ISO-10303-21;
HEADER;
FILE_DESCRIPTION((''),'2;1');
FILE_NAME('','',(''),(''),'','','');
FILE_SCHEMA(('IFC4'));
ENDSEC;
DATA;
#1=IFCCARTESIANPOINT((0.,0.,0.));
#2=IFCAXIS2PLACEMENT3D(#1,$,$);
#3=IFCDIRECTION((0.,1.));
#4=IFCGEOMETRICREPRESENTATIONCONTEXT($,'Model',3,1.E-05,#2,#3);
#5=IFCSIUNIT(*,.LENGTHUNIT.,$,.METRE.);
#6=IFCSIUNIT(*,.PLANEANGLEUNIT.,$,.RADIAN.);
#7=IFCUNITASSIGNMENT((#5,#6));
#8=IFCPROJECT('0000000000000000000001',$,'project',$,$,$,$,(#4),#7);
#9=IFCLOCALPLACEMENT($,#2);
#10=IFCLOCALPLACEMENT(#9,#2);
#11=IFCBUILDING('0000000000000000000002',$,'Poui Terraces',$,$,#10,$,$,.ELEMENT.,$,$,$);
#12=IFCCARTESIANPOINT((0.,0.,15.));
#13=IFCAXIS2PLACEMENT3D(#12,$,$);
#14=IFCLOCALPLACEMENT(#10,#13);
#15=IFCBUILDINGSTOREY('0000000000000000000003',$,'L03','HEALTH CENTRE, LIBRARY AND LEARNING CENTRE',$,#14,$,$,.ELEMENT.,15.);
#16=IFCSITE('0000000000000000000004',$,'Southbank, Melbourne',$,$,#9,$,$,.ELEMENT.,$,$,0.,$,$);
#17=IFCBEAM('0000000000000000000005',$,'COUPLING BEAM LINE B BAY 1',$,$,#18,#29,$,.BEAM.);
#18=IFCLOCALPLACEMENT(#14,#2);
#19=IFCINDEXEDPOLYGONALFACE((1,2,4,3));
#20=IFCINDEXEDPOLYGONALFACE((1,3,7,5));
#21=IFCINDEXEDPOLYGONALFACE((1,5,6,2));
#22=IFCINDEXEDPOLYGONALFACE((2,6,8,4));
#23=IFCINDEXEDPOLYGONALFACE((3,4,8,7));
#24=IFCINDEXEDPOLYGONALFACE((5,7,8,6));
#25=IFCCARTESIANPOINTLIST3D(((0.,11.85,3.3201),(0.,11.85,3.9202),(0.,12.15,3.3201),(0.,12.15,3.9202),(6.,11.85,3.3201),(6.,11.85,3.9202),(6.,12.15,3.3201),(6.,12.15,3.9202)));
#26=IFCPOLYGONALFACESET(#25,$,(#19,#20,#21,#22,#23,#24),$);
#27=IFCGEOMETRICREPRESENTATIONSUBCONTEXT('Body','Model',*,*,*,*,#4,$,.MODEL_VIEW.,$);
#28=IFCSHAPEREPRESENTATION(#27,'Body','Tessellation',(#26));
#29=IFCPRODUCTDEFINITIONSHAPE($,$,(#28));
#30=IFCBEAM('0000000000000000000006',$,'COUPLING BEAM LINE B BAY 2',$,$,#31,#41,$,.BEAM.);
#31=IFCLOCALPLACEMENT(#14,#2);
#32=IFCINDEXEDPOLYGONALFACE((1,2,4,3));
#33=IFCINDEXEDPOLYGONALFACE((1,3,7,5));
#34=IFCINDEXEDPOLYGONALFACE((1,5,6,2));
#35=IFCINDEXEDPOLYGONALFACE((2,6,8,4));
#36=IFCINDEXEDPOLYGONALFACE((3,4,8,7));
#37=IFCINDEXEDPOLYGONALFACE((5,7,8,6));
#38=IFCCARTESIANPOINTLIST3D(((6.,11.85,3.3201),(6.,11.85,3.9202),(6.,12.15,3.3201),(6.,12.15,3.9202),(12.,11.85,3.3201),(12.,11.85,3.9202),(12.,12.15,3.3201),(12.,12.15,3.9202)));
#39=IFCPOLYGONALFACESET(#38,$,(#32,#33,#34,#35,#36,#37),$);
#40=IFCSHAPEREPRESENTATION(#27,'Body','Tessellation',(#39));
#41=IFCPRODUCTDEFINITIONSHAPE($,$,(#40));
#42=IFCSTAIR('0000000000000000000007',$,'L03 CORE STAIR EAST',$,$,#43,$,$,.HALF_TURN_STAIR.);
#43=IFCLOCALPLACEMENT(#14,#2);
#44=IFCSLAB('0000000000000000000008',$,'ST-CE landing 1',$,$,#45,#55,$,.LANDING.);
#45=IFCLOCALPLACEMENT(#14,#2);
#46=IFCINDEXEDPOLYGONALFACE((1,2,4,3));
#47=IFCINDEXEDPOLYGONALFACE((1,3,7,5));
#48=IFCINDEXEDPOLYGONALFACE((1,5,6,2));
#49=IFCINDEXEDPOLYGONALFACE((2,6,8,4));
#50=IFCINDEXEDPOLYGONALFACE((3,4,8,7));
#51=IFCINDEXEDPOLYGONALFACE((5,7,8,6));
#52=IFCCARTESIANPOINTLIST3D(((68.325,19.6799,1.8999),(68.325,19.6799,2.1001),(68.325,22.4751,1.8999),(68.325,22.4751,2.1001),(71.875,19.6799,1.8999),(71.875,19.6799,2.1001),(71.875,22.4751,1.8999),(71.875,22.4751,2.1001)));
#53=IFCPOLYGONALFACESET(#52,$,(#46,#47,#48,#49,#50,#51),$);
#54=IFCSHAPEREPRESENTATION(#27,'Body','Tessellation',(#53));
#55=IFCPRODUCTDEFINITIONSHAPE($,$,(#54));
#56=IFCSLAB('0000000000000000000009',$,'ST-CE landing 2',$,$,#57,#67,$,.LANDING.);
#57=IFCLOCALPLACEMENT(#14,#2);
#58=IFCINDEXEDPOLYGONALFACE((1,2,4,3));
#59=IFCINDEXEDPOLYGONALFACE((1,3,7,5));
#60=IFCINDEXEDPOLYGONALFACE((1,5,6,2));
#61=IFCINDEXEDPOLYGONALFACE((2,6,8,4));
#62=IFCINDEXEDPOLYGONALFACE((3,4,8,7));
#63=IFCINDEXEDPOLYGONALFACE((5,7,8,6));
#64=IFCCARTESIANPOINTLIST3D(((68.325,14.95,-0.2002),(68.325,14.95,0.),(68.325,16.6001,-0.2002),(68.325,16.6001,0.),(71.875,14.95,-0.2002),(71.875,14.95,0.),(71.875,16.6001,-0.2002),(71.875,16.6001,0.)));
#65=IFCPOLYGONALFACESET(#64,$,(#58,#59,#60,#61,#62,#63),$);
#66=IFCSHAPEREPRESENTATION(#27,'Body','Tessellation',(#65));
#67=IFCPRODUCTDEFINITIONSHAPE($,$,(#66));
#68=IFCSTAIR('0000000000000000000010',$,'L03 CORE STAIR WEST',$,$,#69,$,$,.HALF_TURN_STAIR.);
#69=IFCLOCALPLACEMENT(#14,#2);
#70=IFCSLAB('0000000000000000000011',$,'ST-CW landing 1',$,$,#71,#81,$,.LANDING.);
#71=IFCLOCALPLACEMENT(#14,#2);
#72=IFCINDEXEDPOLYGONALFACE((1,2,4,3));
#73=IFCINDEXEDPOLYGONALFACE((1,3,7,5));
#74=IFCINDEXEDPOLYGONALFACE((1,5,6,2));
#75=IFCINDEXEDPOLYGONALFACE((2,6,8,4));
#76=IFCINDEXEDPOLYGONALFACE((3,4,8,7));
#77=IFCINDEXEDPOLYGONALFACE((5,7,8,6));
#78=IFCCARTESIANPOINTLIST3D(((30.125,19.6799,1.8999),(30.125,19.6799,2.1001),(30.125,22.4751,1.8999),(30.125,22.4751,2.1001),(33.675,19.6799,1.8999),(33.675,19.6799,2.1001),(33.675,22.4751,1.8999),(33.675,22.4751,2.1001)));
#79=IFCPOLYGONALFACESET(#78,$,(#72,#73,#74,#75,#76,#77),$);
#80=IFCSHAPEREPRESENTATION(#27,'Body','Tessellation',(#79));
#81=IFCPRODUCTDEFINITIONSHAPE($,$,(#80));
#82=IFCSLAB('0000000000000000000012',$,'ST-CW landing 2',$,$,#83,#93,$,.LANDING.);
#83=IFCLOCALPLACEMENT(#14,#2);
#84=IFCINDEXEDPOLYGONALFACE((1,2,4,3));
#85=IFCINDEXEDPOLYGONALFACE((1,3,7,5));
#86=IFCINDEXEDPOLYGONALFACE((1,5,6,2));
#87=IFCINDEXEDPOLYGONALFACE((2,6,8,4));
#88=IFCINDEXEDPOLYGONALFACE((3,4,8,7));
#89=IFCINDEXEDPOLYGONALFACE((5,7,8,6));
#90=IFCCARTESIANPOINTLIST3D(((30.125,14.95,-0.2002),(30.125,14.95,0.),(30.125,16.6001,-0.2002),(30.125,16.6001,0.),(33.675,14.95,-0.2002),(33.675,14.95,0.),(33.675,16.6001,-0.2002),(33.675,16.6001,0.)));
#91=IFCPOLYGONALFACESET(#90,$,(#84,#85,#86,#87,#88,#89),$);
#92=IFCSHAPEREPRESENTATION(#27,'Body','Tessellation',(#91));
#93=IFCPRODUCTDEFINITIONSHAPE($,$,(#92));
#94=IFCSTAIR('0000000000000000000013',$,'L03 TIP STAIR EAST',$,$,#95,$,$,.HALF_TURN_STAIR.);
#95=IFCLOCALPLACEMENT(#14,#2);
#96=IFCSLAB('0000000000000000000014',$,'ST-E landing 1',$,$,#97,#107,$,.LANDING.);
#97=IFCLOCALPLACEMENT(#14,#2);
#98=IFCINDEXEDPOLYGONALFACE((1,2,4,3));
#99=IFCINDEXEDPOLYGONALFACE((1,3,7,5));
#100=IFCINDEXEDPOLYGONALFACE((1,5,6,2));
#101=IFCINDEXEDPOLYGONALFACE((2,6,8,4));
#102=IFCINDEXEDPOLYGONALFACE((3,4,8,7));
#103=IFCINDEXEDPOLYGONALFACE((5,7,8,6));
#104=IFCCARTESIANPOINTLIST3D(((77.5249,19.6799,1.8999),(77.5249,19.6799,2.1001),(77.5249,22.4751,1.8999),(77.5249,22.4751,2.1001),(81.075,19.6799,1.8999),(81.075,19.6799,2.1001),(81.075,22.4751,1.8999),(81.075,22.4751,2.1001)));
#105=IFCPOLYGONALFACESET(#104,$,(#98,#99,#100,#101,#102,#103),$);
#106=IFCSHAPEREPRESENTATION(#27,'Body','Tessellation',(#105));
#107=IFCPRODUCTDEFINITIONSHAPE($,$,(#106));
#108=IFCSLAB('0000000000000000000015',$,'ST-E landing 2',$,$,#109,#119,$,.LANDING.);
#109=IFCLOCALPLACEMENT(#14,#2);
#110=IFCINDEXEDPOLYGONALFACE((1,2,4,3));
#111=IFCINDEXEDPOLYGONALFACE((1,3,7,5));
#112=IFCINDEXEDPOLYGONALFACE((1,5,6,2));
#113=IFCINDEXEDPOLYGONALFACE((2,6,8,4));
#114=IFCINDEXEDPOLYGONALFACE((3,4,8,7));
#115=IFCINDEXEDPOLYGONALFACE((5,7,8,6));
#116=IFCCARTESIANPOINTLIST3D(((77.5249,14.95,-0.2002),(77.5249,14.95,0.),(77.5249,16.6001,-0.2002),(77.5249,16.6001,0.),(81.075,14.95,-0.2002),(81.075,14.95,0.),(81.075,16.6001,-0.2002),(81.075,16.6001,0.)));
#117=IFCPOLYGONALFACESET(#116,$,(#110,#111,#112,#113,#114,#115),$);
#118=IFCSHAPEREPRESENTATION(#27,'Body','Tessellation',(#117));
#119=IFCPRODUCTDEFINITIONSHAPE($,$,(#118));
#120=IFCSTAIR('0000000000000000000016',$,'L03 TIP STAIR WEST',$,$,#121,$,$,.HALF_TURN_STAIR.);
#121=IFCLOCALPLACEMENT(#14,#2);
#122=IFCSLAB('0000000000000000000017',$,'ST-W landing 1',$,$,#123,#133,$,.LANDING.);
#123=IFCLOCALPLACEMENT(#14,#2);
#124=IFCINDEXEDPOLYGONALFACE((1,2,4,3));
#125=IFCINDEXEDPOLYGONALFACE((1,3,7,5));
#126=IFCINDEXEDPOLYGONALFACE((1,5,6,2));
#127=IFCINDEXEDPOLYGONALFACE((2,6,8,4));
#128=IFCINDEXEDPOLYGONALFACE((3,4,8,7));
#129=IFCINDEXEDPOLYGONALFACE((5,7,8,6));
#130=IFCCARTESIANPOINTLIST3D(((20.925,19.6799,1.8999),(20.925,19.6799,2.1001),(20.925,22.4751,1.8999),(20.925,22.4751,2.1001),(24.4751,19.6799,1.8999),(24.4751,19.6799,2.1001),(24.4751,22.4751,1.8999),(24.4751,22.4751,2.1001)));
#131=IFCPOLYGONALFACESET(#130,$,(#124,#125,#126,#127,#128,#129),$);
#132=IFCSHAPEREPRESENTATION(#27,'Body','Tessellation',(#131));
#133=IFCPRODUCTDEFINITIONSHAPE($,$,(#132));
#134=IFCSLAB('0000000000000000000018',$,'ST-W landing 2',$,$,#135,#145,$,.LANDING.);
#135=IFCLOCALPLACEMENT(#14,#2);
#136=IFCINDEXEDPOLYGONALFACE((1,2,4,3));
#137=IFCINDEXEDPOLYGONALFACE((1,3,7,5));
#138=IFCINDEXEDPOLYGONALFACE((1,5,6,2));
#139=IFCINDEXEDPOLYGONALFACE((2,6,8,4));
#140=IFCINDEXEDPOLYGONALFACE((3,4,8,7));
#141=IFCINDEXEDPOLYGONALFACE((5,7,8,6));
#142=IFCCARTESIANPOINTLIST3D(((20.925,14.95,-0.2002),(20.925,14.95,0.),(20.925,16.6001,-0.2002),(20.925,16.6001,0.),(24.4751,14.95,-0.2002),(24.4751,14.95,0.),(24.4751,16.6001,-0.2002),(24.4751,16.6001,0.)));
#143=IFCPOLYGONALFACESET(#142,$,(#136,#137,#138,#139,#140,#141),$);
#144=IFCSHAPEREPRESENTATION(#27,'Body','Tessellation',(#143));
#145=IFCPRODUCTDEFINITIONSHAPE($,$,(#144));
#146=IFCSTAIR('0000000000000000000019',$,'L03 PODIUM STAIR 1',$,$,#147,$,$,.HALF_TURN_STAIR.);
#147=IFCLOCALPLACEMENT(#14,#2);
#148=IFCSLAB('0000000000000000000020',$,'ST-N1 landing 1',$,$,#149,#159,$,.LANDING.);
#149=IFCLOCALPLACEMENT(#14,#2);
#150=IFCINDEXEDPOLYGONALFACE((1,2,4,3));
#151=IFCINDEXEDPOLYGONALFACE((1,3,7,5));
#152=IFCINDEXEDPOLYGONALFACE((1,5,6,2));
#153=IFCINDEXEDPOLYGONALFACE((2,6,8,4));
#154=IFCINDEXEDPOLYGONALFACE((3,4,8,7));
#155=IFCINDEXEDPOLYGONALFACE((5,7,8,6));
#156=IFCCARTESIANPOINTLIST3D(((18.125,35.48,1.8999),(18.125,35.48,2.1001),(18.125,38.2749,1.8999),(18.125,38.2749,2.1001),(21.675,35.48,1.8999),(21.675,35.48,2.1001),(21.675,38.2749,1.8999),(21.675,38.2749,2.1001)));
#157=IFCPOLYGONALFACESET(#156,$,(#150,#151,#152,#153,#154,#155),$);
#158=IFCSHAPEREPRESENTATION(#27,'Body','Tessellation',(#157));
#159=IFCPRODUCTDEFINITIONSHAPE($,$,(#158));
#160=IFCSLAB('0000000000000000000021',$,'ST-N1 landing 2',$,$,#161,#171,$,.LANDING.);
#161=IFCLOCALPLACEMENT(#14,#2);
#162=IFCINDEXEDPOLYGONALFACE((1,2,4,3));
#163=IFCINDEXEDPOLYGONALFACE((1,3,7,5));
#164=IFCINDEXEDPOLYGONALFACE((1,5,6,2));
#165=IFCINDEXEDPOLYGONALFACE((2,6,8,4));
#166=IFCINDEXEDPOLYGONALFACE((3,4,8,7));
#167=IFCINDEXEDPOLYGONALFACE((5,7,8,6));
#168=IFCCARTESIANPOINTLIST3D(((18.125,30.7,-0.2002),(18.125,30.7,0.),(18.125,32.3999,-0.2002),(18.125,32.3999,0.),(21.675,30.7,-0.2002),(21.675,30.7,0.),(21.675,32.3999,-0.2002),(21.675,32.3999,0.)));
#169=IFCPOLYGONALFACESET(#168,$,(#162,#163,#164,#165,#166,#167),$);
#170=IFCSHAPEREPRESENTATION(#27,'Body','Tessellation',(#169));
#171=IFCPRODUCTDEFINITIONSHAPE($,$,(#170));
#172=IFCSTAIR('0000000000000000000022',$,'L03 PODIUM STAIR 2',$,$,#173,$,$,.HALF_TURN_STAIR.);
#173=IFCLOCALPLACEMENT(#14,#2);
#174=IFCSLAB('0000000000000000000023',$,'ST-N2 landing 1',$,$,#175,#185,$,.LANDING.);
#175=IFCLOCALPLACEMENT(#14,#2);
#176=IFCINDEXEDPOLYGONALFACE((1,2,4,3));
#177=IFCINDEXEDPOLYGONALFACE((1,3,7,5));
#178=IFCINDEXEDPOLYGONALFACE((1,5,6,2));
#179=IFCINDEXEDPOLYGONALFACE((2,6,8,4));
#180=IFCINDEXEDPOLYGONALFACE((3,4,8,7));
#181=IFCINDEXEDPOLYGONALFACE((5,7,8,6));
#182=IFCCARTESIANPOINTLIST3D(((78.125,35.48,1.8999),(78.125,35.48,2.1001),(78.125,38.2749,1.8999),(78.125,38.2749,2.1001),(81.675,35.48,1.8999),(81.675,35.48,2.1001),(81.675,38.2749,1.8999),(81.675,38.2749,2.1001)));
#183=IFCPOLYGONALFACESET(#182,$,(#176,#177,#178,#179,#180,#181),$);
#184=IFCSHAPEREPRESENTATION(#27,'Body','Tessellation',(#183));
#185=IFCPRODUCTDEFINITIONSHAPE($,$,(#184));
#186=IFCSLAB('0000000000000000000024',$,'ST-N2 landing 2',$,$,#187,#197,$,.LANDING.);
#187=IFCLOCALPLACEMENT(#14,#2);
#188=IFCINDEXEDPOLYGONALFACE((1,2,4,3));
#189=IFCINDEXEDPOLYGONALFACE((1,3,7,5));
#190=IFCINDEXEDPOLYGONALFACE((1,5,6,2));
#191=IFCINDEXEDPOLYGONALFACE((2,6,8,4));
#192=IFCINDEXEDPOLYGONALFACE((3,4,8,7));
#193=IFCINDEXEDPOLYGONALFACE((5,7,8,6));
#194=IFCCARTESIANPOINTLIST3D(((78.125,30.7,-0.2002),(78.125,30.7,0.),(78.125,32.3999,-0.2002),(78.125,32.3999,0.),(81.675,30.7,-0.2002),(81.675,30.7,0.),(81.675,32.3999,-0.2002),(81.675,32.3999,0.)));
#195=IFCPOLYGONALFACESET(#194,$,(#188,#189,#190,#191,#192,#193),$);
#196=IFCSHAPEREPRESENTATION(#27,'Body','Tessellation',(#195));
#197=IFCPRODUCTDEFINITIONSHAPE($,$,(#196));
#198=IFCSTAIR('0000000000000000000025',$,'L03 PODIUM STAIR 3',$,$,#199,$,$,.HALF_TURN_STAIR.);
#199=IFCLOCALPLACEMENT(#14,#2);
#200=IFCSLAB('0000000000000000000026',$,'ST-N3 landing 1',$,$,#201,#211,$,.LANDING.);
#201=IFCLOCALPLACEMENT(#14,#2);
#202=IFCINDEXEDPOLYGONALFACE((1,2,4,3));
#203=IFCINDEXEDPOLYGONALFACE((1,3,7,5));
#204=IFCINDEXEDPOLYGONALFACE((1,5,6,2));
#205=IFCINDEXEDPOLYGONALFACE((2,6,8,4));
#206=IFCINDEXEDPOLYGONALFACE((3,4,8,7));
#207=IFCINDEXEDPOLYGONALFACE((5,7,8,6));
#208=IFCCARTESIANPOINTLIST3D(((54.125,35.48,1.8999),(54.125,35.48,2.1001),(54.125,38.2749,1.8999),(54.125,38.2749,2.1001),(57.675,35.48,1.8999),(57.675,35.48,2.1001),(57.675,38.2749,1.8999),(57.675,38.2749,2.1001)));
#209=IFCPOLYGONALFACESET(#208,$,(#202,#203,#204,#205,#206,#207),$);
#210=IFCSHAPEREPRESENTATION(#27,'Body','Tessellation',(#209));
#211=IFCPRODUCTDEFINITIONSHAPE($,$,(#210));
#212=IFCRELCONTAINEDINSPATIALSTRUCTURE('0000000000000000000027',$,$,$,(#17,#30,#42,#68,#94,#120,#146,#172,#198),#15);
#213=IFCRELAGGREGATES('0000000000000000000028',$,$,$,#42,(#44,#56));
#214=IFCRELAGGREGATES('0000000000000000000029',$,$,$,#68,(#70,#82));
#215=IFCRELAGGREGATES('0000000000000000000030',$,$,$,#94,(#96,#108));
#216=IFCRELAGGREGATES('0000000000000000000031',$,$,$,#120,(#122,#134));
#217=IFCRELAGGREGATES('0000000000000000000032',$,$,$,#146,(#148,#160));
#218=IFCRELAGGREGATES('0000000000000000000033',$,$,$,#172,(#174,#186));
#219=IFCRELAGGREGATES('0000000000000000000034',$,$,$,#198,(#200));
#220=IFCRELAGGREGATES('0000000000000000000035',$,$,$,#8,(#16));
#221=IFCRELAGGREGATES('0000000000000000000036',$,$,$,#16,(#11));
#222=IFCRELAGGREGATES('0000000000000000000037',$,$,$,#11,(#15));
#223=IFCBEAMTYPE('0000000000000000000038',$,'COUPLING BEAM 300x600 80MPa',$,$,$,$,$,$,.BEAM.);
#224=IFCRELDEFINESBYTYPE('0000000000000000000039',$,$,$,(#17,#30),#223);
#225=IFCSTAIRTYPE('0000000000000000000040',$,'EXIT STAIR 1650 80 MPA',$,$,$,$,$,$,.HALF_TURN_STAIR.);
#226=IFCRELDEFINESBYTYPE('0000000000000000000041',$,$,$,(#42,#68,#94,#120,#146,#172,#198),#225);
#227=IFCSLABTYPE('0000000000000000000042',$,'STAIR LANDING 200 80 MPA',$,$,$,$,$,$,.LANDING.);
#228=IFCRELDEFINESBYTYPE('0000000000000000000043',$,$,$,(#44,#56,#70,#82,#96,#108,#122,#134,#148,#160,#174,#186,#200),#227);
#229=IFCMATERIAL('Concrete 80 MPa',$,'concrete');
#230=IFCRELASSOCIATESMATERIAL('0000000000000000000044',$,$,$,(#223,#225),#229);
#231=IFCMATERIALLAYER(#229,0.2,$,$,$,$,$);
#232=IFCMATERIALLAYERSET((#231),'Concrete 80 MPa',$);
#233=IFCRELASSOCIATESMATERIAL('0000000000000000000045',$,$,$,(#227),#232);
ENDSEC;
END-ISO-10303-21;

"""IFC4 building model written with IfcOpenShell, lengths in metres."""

from ifc_helpers import new_model, si_unit, direction, frame, origin, origin_2d, place, context, subcontext, project, spatial, polyline, rectangle, outline, extrude, source, transform, mapped, material, layer, layer_set, material_profile, profile_set, type_object, element, aggregate, save


model = new_model("IFC4")

# Units and contexts
model_context = context("Model", 3, precision=1e-05, world=origin(), true_north=direction((0.0, 1.0)))
body_context = subcontext(model_context, "Body", "Model", "MODEL_VIEW")
ifc_project = project(units=[si_unit("LENGTHUNIT", "METRE"), si_unit("PLANEANGLEUNIT", "RADIAN")], contexts=[model_context])

# Site, building, storey
site_placement = place(None, origin())
site = spatial("IfcSite", under=ifc_project, at=site_placement, Name="Southbank, Melbourne", CompositionType="ELEMENT", RefElevation=0.0)
building_placement = place(site_placement, origin())
building = spatial("IfcBuilding", under=site, at=building_placement, Name="Poui Terraces", CompositionType="ELEMENT")
storey_placement = place(building_placement, frame((0.0, 0.0, 15.0)))
storey = spatial("IfcBuildingStorey", under=building, at=storey_placement, Name="L03", Description="HEALTH CENTRE, LIBRARY AND LEARNING CENTRE", CompositionType="ELEMENT", Elevation=15.0)

# Beams
ifc_material_1 = material(Name="Concrete 80 MPa", Category="concrete")
ifc_material_profile = material_profile(ifc_material_1, rectangle(XDim=0.3, YDim=0.6001, at=origin_2d()), Name="RC 300x600")
ifc_profile_set = profile_set([ifc_material_profile], Name="Concrete 80 MPa")
beam_type = type_object("IfcBeamType", Name="COUPLING BEAM 300x600 80MPa", PredefinedType="BEAM", material=ifc_profile_set)
shared_shape_1 = source(origin(), body_context, "Body", "SweptSolid", [
    extrude(rectangle(XDim=0.3, YDim=0.6001, at=origin_2d()), origin(), (0.0, 0.0, 1.0), 6.0),
])
for number, where, z_axis, x_axis, name in (
    (1, (0.0, 12.0, 3.6201), (1.0, 0.0, 0.0), (0.0, 1.0, 0.0), "COUPLING BEAM LINE B BAY 1"),
    (2, (6.0, 12.0, 3.6201), (1.0, 0.0, 0.0), (0.0, 1.0, 0.0), "COUPLING BEAM LINE B BAY 2"),
):
    element("IfcBeam", number, at=place(storey_placement, frame(where, z_axis=z_axis, x_axis=x_axis)), inside=storey, type_object=beam_type, Name=name, PredefinedType="BEAM", context=body_context, shape_type="MappedRepresentation", body=[
        mapped(shared_shape_1, transform((0.0, 0.0, 0.0))),
    ])

# Stairs, slabs
stair_type = type_object("IfcStairType", Name="EXIT STAIR 1650 80 MPA", PredefinedType="HALF_TURN_STAIR", material=ifc_material_1)
stair_1_placement = place(storey_placement, origin())
stair_1 = element("IfcStair", 3, at=stair_1_placement, inside=storey, type_object=stair_type, Name="L03 CORE STAIR EAST", PredefinedType="HALF_TURN_STAIR")
ifc_layer_1 = layer(ifc_material_1, 0.2)
ifc_layer_set_1 = layer_set([ifc_layer_1], Name="Concrete 80 MPa")
slab_type_1 = type_object("IfcSlabType", Name="STAIR LANDING 200 80 MPA", PredefinedType="LANDING", material=ifc_layer_set_1)
slab_1_placement = place(storey_placement, frame((0.0, 0.0, 1.8999)))
slab_1 = element("IfcSlab", 4, at=slab_1_placement, type_object=slab_type_1, Name="ST-CE landing 1", PredefinedType="LANDING", context=body_context, shape_type="SweptSolid", body=[
    extrude(outline(polyline([(68.325, 19.6799), (71.875, 19.6799), (71.875, 22.4751), (68.325, 22.4751), (68.325, 19.6799)])), origin(), (0.0, 0.0, 1.0), 0.2002),
])
slab_2_placement = place(storey_placement, frame((0.0, 0.0, -0.2002)))
slab_2 = element("IfcSlab", 5, at=slab_2_placement, type_object=slab_type_1, Name="ST-CE landing 2", PredefinedType="LANDING", context=body_context, shape_type="SweptSolid", body=[
    extrude(outline(polyline([(68.325, 14.95), (71.875, 14.95), (71.875, 16.6001), (68.325, 16.6001), (68.325, 14.95)])), origin(), (0.0, 0.0, 1.0), 0.2002),
])
aggregate(stair_1, [slab_1, slab_2])
stair_2_placement = place(storey_placement, origin())
stair_2 = element("IfcStair", 6, at=stair_2_placement, inside=storey, type_object=stair_type, Name="L03 CORE STAIR WEST", PredefinedType="HALF_TURN_STAIR")
slab_3_placement = place(storey_placement, frame((0.0, 0.0, 1.8999)))
slab_3 = element("IfcSlab", 7, at=slab_3_placement, type_object=slab_type_1, Name="ST-CW landing 1", PredefinedType="LANDING", context=body_context, shape_type="SweptSolid", body=[
    extrude(outline(polyline([(30.125, 19.6799), (33.675, 19.6799), (33.675, 22.4751), (30.125, 22.4751), (30.125, 19.6799)])), origin(), (0.0, 0.0, 1.0), 0.2002),
])
slab_4_placement = place(storey_placement, frame((0.0, 0.0, -0.2002)))
slab_4 = element("IfcSlab", 8, at=slab_4_placement, type_object=slab_type_1, Name="ST-CW landing 2", PredefinedType="LANDING", context=body_context, shape_type="SweptSolid", body=[
    extrude(outline(polyline([(30.125, 14.95), (33.675, 14.95), (33.675, 16.6001), (30.125, 16.6001), (30.125, 14.95)])), origin(), (0.0, 0.0, 1.0), 0.2002),
])
aggregate(stair_2, [slab_3, slab_4])
stair_3_placement = place(storey_placement, origin())
stair_3 = element("IfcStair", 9, at=stair_3_placement, inside=storey, type_object=stair_type, Name="L03 TIP STAIR EAST", PredefinedType="HALF_TURN_STAIR")
slab_5_placement = place(storey_placement, frame((0.0, 0.0, 1.8999)))
slab_5 = element("IfcSlab", 10, at=slab_5_placement, type_object=slab_type_1, Name="ST-E landing 1", PredefinedType="LANDING", context=body_context, shape_type="SweptSolid", body=[
    extrude(outline(polyline([(77.5249, 19.6799), (81.075, 19.6799), (81.075, 22.4751), (77.5249, 22.4751), (77.5249, 19.6799)])), origin(), (0.0, 0.0, 1.0), 0.2002),
])
slab_6_placement = place(storey_placement, frame((0.0, 0.0, -0.2002)))
slab_6 = element("IfcSlab", 11, at=slab_6_placement, type_object=slab_type_1, Name="ST-E landing 2", PredefinedType="LANDING", context=body_context, shape_type="SweptSolid", body=[
    extrude(outline(polyline([(77.5249, 14.95), (81.075, 14.95), (81.075, 16.6001), (77.5249, 16.6001), (77.5249, 14.95)])), origin(), (0.0, 0.0, 1.0), 0.2002),
])
aggregate(stair_3, [slab_5, slab_6])
stair_4_placement = place(storey_placement, origin())
stair_4 = element("IfcStair", 12, at=stair_4_placement, inside=storey, type_object=stair_type, Name="L03 TIP STAIR WEST", PredefinedType="HALF_TURN_STAIR")
slab_7_placement = place(storey_placement, frame((0.0, 0.0, 1.8999)))
slab_7 = element("IfcSlab", 13, at=slab_7_placement, type_object=slab_type_1, Name="ST-W landing 1", PredefinedType="LANDING", context=body_context, shape_type="SweptSolid", body=[
    extrude(outline(polyline([(20.925, 19.6799), (24.4751, 19.6799), (24.4751, 22.4751), (20.925, 22.4751), (20.925, 19.6799)])), origin(), (0.0, 0.0, 1.0), 0.2002),
])
slab_8_placement = place(storey_placement, frame((0.0, 0.0, -0.2002)))
slab_8 = element("IfcSlab", 14, at=slab_8_placement, type_object=slab_type_1, Name="ST-W landing 2", PredefinedType="LANDING", context=body_context, shape_type="SweptSolid", body=[
    extrude(outline(polyline([(20.925, 14.95), (24.4751, 14.95), (24.4751, 16.6001), (20.925, 16.6001), (20.925, 14.95)])), origin(), (0.0, 0.0, 1.0), 0.2002),
])
aggregate(stair_4, [slab_7, slab_8])
stair_5_placement = place(storey_placement, origin())
stair_5 = element("IfcStair", 15, at=stair_5_placement, inside=storey, type_object=stair_type, Name="L03 PODIUM STAIR 1", PredefinedType="HALF_TURN_STAIR")
slab_9_placement = place(storey_placement, frame((0.0, 0.0, 1.8999)))
slab_9 = element("IfcSlab", 16, at=slab_9_placement, type_object=slab_type_1, Name="ST-N1 landing 1", PredefinedType="LANDING", context=body_context, shape_type="SweptSolid", body=[
    extrude(outline(polyline([(18.125, 35.48), (21.675, 35.48), (21.675, 38.2749), (18.125, 38.2749), (18.125, 35.48)])), origin(), (0.0, 0.0, 1.0), 0.2002),
])
slab_10_placement = place(storey_placement, frame((0.0, 0.0, -0.2002)))
slab_10 = element("IfcSlab", 17, at=slab_10_placement, type_object=slab_type_1, Name="ST-N1 landing 2", PredefinedType="LANDING", context=body_context, shape_type="SweptSolid", body=[
    extrude(outline(polyline([(18.125, 30.7), (21.675, 30.7), (21.675, 32.3999), (18.125, 32.3999), (18.125, 30.7)])), origin(), (0.0, 0.0, 1.0), 0.2002),
])
aggregate(stair_5, [slab_9, slab_10])
stair_6_placement = place(storey_placement, origin())
stair_6 = element("IfcStair", 18, at=stair_6_placement, inside=storey, type_object=stair_type, Name="L03 PODIUM STAIR 2", PredefinedType="HALF_TURN_STAIR")
slab_11_placement = place(storey_placement, frame((0.0, 0.0, 1.8999)))
slab_11 = element("IfcSlab", 19, at=slab_11_placement, type_object=slab_type_1, Name="ST-N2 landing 1", PredefinedType="LANDING", context=body_context, shape_type="SweptSolid", body=[
    extrude(outline(polyline([(78.125, 35.48), (81.675, 35.48), (81.675, 38.2749), (78.125, 38.2749), (78.125, 35.48)])), origin(), (0.0, 0.0, 1.0), 0.2002),
])
slab_12_placement = place(storey_placement, frame((0.0, 0.0, -0.2002)))
slab_12 = element("IfcSlab", 20, at=slab_12_placement, type_object=slab_type_1, Name="ST-N2 landing 2", PredefinedType="LANDING", context=body_context, shape_type="SweptSolid", body=[
    extrude(outline(polyline([(78.125, 30.7), (81.675, 30.7), (81.675, 32.3999), (78.125, 32.3999), (78.125, 30.7)])), origin(), (0.0, 0.0, 1.0), 0.2002),
])
aggregate(stair_6, [slab_11, slab_12])
stair_7_placement = place(storey_placement, origin())
stair_7 = element("IfcStair", 21, at=stair_7_placement, inside=storey, type_object=stair_type, Name="L03 PODIUM STAIR 3", PredefinedType="HALF_TURN_STAIR")
slab_13_placement = place(storey_placement, frame((0.0, 0.0, 1.8999)))
slab_13 = element("IfcSlab", 22, at=slab_13_placement, type_object=slab_type_1, Name="ST-N3 landing 1", PredefinedType="LANDING", context=body_context, shape_type="SweptSolid", body=[
    extrude(outline(polyline([(54.125, 35.48), (57.675, 35.48), (57.675, 38.2749), (54.125, 38.2749), (54.125, 35.48)])), origin(), (0.0, 0.0, 1.0), 0.2002),
])
aggregate(stair_7, [slab_13])

save(model, "model.ifc")
